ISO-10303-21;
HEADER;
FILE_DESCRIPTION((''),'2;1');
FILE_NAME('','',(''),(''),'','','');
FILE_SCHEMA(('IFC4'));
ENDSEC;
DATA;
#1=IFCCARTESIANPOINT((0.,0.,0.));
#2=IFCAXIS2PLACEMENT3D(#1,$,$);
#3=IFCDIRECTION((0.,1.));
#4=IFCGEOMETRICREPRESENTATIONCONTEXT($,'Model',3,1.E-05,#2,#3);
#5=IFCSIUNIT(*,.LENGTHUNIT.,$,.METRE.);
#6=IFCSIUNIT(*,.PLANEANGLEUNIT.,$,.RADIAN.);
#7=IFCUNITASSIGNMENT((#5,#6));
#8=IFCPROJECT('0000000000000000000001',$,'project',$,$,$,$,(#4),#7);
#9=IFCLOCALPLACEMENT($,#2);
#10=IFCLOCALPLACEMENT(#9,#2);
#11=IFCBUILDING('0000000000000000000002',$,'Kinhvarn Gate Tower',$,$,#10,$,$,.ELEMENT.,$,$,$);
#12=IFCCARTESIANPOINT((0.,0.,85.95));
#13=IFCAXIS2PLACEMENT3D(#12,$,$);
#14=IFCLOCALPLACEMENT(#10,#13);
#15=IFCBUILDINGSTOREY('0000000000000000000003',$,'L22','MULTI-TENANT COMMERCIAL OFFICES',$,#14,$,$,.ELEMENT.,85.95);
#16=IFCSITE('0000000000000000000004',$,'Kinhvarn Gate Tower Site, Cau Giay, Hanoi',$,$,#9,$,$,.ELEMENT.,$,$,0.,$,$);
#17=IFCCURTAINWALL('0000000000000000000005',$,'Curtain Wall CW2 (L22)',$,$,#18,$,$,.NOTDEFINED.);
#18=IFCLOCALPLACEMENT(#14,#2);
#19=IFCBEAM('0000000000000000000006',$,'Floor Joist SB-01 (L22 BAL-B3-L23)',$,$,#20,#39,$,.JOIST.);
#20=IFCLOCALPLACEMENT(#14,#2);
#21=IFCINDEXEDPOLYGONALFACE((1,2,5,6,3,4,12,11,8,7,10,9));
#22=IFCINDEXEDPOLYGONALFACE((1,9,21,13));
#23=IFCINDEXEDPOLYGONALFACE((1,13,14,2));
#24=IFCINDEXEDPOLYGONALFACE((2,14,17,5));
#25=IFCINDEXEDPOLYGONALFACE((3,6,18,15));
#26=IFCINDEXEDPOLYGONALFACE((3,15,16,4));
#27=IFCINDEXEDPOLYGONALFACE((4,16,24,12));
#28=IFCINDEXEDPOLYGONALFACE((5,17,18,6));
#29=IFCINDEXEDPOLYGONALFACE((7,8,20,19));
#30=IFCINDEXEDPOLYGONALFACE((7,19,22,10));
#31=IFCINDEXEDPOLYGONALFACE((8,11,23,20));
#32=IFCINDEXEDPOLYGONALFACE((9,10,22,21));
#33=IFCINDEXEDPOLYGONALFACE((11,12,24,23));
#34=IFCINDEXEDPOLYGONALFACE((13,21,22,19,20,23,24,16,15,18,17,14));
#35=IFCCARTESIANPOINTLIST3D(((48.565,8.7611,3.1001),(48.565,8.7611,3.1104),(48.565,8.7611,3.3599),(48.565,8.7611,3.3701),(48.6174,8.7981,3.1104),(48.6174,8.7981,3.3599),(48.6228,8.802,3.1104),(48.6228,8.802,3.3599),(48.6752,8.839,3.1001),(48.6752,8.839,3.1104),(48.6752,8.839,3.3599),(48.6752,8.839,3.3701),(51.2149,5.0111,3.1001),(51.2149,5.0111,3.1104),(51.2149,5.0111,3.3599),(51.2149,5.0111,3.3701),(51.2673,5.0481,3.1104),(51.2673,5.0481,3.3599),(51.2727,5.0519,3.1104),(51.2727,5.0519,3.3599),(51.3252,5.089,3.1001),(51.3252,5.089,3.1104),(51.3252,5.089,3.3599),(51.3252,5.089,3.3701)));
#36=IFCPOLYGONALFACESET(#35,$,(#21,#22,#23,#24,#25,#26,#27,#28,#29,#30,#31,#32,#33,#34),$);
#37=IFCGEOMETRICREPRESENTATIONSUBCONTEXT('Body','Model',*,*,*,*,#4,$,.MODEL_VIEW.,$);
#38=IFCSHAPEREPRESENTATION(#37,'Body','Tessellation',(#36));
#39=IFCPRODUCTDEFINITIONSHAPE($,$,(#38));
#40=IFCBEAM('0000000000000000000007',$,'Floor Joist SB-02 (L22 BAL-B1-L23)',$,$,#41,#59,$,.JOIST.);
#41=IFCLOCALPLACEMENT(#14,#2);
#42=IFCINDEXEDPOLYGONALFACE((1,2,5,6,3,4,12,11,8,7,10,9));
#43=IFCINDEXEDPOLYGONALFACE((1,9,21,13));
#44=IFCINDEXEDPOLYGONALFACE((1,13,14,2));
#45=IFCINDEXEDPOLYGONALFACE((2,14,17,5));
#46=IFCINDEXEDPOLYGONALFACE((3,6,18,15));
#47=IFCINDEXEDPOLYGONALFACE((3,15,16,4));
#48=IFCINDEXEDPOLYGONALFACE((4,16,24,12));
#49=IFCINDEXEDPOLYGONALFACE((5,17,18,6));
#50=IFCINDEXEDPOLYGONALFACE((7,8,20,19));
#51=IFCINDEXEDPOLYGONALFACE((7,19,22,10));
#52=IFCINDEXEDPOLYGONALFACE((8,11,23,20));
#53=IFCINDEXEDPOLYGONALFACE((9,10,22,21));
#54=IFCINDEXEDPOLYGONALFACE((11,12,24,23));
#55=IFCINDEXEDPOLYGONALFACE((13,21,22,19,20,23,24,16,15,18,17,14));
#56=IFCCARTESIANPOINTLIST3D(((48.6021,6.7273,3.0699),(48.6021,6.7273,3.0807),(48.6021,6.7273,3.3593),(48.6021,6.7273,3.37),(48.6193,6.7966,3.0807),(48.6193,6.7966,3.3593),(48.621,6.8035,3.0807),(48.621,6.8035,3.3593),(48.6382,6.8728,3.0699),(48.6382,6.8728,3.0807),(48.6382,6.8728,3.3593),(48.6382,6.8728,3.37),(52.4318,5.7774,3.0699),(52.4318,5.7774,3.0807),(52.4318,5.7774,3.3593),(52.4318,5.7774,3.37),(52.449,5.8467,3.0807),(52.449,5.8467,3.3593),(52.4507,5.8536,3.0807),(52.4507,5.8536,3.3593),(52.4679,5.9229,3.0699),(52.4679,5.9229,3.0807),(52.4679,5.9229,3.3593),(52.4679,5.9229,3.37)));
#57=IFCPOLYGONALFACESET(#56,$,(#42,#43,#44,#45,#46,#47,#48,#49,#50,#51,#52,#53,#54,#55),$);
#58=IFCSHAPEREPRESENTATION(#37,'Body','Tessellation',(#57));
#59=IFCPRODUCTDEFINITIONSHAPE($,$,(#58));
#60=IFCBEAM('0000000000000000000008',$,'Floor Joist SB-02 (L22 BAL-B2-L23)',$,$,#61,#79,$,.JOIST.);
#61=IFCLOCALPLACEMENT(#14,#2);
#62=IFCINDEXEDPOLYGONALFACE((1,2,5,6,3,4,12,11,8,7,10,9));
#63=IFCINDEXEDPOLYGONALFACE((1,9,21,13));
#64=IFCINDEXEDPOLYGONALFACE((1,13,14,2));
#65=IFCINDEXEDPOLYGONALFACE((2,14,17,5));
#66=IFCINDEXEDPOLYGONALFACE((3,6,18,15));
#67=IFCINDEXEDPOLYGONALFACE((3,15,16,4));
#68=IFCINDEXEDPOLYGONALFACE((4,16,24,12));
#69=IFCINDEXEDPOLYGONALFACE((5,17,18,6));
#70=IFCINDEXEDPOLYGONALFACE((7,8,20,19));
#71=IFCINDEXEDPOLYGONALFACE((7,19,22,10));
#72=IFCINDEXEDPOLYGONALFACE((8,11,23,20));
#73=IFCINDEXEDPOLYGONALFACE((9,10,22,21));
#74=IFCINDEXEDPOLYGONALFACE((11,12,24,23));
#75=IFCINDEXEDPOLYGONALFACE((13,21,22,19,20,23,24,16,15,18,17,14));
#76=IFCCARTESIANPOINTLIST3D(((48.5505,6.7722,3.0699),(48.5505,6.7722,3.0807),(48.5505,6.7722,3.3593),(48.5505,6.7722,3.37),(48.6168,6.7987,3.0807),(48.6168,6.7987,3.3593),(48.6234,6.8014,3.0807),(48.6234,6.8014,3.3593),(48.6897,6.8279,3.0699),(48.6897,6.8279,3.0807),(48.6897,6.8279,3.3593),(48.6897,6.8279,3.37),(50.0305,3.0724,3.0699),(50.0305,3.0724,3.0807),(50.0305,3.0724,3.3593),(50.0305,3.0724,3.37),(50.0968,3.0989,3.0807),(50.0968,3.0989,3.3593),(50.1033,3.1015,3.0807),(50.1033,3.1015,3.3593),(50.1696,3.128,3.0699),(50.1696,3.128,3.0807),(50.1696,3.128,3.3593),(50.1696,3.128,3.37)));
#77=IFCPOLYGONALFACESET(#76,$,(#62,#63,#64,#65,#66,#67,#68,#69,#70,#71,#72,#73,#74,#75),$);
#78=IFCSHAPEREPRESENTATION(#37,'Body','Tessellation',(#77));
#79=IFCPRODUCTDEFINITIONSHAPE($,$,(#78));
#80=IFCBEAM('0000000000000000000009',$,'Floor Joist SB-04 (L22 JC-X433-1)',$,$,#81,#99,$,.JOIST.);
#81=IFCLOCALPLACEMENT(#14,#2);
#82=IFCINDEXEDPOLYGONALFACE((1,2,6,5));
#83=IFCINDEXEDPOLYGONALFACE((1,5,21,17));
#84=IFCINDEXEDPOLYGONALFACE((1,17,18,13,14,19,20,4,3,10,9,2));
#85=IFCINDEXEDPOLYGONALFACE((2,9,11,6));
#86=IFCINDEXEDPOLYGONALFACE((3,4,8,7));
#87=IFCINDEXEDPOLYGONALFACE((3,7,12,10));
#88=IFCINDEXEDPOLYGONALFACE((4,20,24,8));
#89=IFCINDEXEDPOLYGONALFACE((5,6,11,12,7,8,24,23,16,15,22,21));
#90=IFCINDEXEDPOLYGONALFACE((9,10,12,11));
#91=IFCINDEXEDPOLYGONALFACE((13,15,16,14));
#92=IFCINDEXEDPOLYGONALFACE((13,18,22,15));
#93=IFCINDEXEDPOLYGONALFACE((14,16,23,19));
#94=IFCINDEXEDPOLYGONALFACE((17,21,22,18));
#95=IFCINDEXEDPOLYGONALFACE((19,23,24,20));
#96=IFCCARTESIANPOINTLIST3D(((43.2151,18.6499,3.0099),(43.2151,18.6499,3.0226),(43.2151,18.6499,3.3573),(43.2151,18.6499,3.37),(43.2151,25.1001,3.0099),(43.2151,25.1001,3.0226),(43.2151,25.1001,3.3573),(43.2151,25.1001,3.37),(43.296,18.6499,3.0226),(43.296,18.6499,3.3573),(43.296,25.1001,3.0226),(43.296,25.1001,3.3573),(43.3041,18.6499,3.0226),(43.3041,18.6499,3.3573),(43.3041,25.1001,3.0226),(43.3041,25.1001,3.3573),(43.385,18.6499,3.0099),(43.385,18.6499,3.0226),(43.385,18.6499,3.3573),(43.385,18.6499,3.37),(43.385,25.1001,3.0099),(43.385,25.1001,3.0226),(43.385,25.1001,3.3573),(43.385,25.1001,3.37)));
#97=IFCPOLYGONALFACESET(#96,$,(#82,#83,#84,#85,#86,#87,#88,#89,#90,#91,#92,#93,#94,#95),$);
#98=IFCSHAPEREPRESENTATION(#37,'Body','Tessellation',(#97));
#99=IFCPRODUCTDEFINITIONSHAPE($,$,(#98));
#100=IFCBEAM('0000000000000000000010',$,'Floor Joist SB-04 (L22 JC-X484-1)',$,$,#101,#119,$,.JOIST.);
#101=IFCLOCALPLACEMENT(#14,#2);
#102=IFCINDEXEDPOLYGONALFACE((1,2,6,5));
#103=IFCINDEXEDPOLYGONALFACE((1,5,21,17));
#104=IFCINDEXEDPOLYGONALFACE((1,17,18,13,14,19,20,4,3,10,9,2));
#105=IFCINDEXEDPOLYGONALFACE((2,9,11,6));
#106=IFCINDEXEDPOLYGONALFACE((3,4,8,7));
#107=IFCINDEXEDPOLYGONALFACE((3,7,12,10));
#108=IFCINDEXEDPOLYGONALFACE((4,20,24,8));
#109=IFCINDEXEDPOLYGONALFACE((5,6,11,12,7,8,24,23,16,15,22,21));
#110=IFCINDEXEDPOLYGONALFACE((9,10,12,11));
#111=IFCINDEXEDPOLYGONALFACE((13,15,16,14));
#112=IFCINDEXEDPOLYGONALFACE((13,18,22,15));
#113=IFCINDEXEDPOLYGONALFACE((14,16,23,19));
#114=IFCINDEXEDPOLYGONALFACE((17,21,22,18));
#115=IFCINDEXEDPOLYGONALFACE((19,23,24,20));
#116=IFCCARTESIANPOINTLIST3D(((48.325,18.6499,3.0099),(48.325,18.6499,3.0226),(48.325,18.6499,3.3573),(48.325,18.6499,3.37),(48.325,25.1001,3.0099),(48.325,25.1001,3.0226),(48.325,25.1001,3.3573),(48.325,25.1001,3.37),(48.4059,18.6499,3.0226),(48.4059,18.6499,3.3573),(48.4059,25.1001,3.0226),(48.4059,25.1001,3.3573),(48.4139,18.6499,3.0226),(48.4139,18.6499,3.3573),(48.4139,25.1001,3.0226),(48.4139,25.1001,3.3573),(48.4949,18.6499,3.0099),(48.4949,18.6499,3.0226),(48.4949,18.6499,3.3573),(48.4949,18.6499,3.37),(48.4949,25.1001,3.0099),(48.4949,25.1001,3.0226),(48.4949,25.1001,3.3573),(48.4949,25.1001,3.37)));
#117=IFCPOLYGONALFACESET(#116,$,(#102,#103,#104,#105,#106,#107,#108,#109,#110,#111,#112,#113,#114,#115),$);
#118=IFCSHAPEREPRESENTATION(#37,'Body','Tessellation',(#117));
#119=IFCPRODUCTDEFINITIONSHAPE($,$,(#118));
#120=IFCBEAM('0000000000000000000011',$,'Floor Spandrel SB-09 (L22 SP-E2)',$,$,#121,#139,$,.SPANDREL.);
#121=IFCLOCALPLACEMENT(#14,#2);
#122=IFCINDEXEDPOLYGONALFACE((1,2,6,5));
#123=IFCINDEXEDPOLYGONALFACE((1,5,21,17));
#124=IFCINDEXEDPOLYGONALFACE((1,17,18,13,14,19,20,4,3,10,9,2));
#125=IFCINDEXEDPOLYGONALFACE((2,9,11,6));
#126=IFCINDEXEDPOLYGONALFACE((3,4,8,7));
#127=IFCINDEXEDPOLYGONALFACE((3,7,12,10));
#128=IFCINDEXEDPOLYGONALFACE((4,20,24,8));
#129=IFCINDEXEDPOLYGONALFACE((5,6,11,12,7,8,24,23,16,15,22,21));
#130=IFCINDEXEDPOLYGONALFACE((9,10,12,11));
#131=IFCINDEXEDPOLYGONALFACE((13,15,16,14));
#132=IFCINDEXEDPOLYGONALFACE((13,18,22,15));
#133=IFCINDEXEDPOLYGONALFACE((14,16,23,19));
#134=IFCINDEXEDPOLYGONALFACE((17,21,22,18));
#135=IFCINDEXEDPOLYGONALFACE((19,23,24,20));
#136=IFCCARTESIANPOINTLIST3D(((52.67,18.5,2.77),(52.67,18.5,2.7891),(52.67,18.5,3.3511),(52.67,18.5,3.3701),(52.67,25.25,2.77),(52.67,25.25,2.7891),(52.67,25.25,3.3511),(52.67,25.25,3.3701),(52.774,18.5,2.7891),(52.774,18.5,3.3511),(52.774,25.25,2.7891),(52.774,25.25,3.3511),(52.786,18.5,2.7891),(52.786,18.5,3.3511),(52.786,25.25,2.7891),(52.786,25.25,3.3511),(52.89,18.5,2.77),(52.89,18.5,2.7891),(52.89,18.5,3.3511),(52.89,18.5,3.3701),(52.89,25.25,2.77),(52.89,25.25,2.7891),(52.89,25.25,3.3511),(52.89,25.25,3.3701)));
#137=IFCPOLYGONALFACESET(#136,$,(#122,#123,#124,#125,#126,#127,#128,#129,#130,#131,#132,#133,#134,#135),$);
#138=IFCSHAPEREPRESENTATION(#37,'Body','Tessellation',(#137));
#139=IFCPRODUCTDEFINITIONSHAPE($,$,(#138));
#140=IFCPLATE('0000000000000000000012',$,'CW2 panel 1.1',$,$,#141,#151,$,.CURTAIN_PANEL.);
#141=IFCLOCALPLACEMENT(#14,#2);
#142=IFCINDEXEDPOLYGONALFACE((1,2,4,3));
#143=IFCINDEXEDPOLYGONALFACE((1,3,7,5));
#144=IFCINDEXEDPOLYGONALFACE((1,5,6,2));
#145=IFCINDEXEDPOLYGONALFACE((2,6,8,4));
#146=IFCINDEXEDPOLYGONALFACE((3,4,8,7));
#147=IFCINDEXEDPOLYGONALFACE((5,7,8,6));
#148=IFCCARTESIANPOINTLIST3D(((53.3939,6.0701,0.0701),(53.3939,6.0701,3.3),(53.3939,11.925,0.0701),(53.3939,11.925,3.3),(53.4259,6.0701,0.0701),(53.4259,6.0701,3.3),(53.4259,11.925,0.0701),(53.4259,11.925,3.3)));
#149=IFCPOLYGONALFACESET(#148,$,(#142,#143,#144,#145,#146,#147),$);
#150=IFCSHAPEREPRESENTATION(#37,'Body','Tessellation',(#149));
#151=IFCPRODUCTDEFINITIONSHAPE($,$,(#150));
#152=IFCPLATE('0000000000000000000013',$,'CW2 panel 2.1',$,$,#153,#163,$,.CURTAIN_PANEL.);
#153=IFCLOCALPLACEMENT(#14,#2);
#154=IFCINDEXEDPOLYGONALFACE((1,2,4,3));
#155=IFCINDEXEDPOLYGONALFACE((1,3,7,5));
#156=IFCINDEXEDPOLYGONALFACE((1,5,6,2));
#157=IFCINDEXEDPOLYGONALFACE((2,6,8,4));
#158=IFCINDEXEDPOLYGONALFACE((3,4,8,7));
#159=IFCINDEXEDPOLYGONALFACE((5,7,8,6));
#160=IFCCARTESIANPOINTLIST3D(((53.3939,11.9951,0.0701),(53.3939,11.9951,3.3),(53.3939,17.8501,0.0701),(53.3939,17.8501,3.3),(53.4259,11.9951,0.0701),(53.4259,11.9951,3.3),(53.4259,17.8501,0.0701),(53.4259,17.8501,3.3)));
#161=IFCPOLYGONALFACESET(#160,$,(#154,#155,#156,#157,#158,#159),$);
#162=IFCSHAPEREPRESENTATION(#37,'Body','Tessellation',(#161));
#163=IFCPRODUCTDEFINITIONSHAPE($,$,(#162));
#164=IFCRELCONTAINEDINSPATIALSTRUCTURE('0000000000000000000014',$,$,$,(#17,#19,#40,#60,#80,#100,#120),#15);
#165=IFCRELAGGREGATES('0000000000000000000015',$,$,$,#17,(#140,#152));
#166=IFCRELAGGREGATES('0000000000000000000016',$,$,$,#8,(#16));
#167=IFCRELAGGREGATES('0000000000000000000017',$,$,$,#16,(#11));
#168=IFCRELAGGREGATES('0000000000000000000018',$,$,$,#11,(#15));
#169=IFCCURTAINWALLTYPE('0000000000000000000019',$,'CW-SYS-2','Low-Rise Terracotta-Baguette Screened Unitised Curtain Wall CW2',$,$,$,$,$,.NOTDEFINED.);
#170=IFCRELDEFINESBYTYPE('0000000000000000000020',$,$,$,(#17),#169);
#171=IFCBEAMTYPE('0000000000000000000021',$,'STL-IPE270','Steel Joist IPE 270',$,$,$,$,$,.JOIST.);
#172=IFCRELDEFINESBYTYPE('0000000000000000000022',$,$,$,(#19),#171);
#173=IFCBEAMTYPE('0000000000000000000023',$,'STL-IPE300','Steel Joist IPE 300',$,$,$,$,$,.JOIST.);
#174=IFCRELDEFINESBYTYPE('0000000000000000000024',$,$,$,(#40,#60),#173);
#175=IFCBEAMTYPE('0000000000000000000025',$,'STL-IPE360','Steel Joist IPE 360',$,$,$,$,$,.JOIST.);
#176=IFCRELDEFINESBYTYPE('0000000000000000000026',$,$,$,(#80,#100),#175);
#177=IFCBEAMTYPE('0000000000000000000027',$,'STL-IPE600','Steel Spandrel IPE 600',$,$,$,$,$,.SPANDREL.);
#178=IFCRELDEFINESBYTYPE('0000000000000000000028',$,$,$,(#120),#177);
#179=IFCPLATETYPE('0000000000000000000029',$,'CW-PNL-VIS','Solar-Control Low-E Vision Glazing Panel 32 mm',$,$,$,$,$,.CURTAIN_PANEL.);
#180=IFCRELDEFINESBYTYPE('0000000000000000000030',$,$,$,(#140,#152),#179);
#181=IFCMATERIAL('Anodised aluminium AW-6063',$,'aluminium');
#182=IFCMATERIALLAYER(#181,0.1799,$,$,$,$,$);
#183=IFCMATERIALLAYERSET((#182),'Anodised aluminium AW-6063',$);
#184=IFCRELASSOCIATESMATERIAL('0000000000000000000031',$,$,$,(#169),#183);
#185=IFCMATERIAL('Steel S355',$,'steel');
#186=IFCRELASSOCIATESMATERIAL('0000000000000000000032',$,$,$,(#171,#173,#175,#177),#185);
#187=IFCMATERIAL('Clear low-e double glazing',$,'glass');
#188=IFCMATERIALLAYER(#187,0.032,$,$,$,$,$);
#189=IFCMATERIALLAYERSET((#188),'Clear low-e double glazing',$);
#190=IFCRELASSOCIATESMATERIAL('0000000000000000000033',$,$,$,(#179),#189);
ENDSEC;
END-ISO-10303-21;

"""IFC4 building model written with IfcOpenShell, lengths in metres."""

from ifc_helpers import new_model, si_unit, direction, frame, origin, origin_2d, place, context, subcontext, project, spatial, rectangle, i_section, extrude, material, layer, layer_set, material_profile, profile_set, type_object, element, aggregate, save


model = new_model("IFC4")

# Units and contexts
model_context = context("Model", 3, precision=1e-05, world=origin(), true_north=direction((0.0, 1.0)))
body_context = subcontext(model_context, "Body", "Model", "MODEL_VIEW")
ifc_project = project(units=[si_unit("LENGTHUNIT", "METRE"), si_unit("PLANEANGLEUNIT", "RADIAN")], contexts=[model_context])

# Site, building, storey
site_placement = place(None, origin())
site = spatial("IfcSite", under=ifc_project, at=site_placement, Name="Kinhvarn Gate Tower Site, Cau Giay, Hanoi", CompositionType="ELEMENT", RefElevation=0.0)
building_placement = place(site_placement, origin())
building = spatial("IfcBuilding", under=site, at=building_placement, Name="Kinhvarn Gate Tower", CompositionType="ELEMENT")
storey_placement = place(building_placement, frame((0.0, 0.0, 85.95)))
storey = spatial("IfcBuildingStorey", under=building, at=storey_placement, Name="L22", Description="MULTI-TENANT COMMERCIAL OFFICES", CompositionType="ELEMENT", Elevation=85.95)

# Curtain wall
ifc_material_1 = material(Name="Anodised aluminium AW-6063", Category="aluminium")
ifc_layer_1 = layer(ifc_material_1, 0.1799)
ifc_layer_set_1 = layer_set([ifc_layer_1], Name="Anodised aluminium AW-6063")
curtain_wall_type = type_object("IfcCurtainWallType", Name="CW-SYS-2", Description="Low-Rise Terracotta-Baguette Screened Unitised Curtain Wall CW2", PredefinedType="NOTDEFINED", material=ifc_layer_set_1)
curtain_wall_1_placement = place(storey_placement, origin())
curtain_wall_1 = element("IfcCurtainWall", 1, at=curtain_wall_1_placement, inside=storey, type_object=curtain_wall_type, Name="Curtain Wall CW2 (L22)", PredefinedType="NOTDEFINED")

# Beams
ifc_material_2 = material(Name="Steel S355", Category="steel")
ifc_material_profile_1 = material_profile(ifc_material_2, i_section(OverallWidth=0.135, OverallDepth=0.27, WebThickness=0.0066, FlangeThickness=0.0103, at=origin_2d()), Name="IPE 270")
ifc_profile_set_1 = profile_set([ifc_material_profile_1], Name="Steel S355")
beam_type_1 = type_object("IfcBeamType", Name="STL-IPE270", Description="Steel Joist IPE 270", PredefinedType="JOIST", material=ifc_profile_set_1)
beam_1_placement = place(storey_placement, frame((48.6201, 8.8, 3.2351), z_axis=(0.577096, -0.816676, 0.0), x_axis=(0.816676, 0.577096, 0.0)))
element("IfcBeam", 2, at=beam_1_placement, inside=storey, type_object=beam_type_1, Name="Floor Joist SB-01 (L22 BAL-B3-L23)", PredefinedType="JOIST", context=body_context, shape_type="SweptSolid", body=[
    extrude(i_section(OverallWidth=0.135, OverallDepth=0.27, WebThickness=0.0066, FlangeThickness=0.0103, at=origin_2d()), origin(), (0.0, 0.0, 1.0), 4.5918),
])
ifc_material_profile_2 = material_profile(ifc_material_2, i_section(OverallWidth=0.1499, OverallDepth=0.3, WebThickness=0.0071, FlangeThickness=0.0107, at=origin_2d()), Name="IPE 300")
ifc_profile_set_2 = profile_set([ifc_material_profile_2], Name="Steel S355")
beam_type_2 = type_object("IfcBeamType", Name="STL-IPE300", Description="Steel Joist IPE 300", PredefinedType="JOIST", material=ifc_profile_set_2)
beam_2_placement = place(storey_placement, frame((48.6201, 6.8, 3.22), z_axis=(0.970589, -0.240745, 0.0), x_axis=(0.240745, 0.970589, 0.0)))
element("IfcBeam", 3, at=beam_2_placement, inside=storey, type_object=beam_type_2, Name="Floor Joist SB-02 (L22 BAL-B1-L23)", PredefinedType="JOIST", context=body_context, shape_type="SweptSolid", body=[
    extrude(i_section(OverallWidth=0.1499, OverallDepth=0.3, WebThickness=0.0071, FlangeThickness=0.0107, at=origin_2d()), origin(), (0.0, 0.0, 1.0), 3.9458),
])
beam_3_placement = place(storey_placement, frame((48.6201, 6.8, 3.22), z_axis=(0.371391, -0.928477, 0.0), x_axis=(0.928477, 0.371391, 0.0)))
element("IfcBeam", 4, at=beam_3_placement, inside=storey, type_object=beam_type_2, Name="Floor Joist SB-02 (L22 BAL-B2-L23)", PredefinedType="JOIST", context=body_context, shape_type="SweptSolid", body=[
    extrude(i_section(OverallWidth=0.1499, OverallDepth=0.3, WebThickness=0.0071, FlangeThickness=0.0107, at=origin_2d()), origin(), (0.0, 0.0, 1.0), 3.9849),
])
ifc_material_profile_3 = material_profile(ifc_material_2, i_section(OverallWidth=0.1699, OverallDepth=0.3601, WebThickness=0.0081, FlangeThickness=0.0127, at=origin_2d()), Name="IPE 360")
ifc_profile_set_3 = profile_set([ifc_material_profile_3], Name="Steel S355")
beam_type_3 = type_object("IfcBeamType", Name="STL-IPE360", Description="Steel Joist IPE 360", PredefinedType="JOIST", material=ifc_profile_set_3)
for number, where, z_axis, x_axis, name in (
    (5, (43.3, 18.6499, 3.1899), (0.0, 1.0, 0.0), (-1.0, 0.0, 0.0), "Floor Joist SB-04 (L22 JC-X433-1)"),
    (6, (48.4099, 18.6499, 3.1899), (0.0, 1.0, 0.0), (-1.0, 0.0, 0.0), "Floor Joist SB-04 (L22 JC-X484-1)"),
):
    element("IfcBeam", number, at=place(storey_placement, frame(where, z_axis=z_axis, x_axis=x_axis)), inside=storey, type_object=beam_type_3, Name=name, PredefinedType="JOIST", context=body_context, shape_type="SweptSolid", body=[
        extrude(i_section(OverallWidth=0.1699, OverallDepth=0.3601, WebThickness=0.0081, FlangeThickness=0.0127, at=origin_2d()), origin(), (0.0, 0.0, 1.0), 6.4502),
    ])
ifc_material_profile_4 = material_profile(ifc_material_2, i_section(OverallWidth=0.22, OverallDepth=0.6001, WebThickness=0.012, FlangeThickness=0.019, at=origin_2d()), Name="IPE 600")
ifc_profile_set_4 = profile_set([ifc_material_profile_4], Name="Steel S355")
beam_type_4 = type_object("IfcBeamType", Name="STL-IPE600", Description="Steel Spandrel IPE 600", PredefinedType="SPANDREL", material=ifc_profile_set_4)
beam_4_placement = place(storey_placement, frame((52.78, 18.5, 3.0701), z_axis=(0.0, 1.0, 0.0), x_axis=(-1.0, 0.0, 0.0)))
element("IfcBeam", 7, at=beam_4_placement, inside=storey, type_object=beam_type_4, Name="Floor Spandrel SB-09 (L22 SP-E2)", PredefinedType="SPANDREL", context=body_context, shape_type="SweptSolid", body=[
    extrude(i_section(OverallWidth=0.22, OverallDepth=0.6001, WebThickness=0.012, FlangeThickness=0.019, at=origin_2d()), origin(), (0.0, 0.0, 1.0), 6.75),
])

# Plates
ifc_material_3 = material(Name="Clear low-e double glazing", Category="glass")
ifc_layer_2 = layer(ifc_material_3, 0.032)
ifc_layer_set_2 = layer_set([ifc_layer_2], Name="Clear low-e double glazing")
plate_type = type_object("IfcPlateType", Name="CW-PNL-VIS", Description="Solar-Control Low-E Vision Glazing Panel 32 mm", PredefinedType="CURTAIN_PANEL", material=ifc_layer_set_2)
plate_1_placement = place(storey_placement, frame((53.4099, 8.9976, 0.0701), z_axis=(0.0, 0.0, 1.0), x_axis=(0.0, 1.0, 0.0)))
plate_1 = element("IfcPlate", 8, at=plate_1_placement, type_object=plate_type, Name="CW2 panel 1.1", PredefinedType="CURTAIN_PANEL", context=body_context, shape_type="SweptSolid", body=[
    extrude(rectangle(XDim=5.855, YDim=0.032, at=origin_2d()), origin(), (0.0, 0.0, 1.0), 3.23),
])
plate_2_placement = place(storey_placement, frame((53.4099, 14.9226, 0.0701), z_axis=(0.0, 0.0, 1.0), x_axis=(0.0, 1.0, 0.0)))
plate_2 = element("IfcPlate", 9, at=plate_2_placement, type_object=plate_type, Name="CW2 panel 2.1", PredefinedType="CURTAIN_PANEL", context=body_context, shape_type="SweptSolid", body=[
    extrude(rectangle(XDim=5.855, YDim=0.032, at=origin_2d()), origin(), (0.0, 0.0, 1.0), 3.23),
])
aggregate(curtain_wall_1, [plate_1, plate_2])

save(model, "model.ifc")
